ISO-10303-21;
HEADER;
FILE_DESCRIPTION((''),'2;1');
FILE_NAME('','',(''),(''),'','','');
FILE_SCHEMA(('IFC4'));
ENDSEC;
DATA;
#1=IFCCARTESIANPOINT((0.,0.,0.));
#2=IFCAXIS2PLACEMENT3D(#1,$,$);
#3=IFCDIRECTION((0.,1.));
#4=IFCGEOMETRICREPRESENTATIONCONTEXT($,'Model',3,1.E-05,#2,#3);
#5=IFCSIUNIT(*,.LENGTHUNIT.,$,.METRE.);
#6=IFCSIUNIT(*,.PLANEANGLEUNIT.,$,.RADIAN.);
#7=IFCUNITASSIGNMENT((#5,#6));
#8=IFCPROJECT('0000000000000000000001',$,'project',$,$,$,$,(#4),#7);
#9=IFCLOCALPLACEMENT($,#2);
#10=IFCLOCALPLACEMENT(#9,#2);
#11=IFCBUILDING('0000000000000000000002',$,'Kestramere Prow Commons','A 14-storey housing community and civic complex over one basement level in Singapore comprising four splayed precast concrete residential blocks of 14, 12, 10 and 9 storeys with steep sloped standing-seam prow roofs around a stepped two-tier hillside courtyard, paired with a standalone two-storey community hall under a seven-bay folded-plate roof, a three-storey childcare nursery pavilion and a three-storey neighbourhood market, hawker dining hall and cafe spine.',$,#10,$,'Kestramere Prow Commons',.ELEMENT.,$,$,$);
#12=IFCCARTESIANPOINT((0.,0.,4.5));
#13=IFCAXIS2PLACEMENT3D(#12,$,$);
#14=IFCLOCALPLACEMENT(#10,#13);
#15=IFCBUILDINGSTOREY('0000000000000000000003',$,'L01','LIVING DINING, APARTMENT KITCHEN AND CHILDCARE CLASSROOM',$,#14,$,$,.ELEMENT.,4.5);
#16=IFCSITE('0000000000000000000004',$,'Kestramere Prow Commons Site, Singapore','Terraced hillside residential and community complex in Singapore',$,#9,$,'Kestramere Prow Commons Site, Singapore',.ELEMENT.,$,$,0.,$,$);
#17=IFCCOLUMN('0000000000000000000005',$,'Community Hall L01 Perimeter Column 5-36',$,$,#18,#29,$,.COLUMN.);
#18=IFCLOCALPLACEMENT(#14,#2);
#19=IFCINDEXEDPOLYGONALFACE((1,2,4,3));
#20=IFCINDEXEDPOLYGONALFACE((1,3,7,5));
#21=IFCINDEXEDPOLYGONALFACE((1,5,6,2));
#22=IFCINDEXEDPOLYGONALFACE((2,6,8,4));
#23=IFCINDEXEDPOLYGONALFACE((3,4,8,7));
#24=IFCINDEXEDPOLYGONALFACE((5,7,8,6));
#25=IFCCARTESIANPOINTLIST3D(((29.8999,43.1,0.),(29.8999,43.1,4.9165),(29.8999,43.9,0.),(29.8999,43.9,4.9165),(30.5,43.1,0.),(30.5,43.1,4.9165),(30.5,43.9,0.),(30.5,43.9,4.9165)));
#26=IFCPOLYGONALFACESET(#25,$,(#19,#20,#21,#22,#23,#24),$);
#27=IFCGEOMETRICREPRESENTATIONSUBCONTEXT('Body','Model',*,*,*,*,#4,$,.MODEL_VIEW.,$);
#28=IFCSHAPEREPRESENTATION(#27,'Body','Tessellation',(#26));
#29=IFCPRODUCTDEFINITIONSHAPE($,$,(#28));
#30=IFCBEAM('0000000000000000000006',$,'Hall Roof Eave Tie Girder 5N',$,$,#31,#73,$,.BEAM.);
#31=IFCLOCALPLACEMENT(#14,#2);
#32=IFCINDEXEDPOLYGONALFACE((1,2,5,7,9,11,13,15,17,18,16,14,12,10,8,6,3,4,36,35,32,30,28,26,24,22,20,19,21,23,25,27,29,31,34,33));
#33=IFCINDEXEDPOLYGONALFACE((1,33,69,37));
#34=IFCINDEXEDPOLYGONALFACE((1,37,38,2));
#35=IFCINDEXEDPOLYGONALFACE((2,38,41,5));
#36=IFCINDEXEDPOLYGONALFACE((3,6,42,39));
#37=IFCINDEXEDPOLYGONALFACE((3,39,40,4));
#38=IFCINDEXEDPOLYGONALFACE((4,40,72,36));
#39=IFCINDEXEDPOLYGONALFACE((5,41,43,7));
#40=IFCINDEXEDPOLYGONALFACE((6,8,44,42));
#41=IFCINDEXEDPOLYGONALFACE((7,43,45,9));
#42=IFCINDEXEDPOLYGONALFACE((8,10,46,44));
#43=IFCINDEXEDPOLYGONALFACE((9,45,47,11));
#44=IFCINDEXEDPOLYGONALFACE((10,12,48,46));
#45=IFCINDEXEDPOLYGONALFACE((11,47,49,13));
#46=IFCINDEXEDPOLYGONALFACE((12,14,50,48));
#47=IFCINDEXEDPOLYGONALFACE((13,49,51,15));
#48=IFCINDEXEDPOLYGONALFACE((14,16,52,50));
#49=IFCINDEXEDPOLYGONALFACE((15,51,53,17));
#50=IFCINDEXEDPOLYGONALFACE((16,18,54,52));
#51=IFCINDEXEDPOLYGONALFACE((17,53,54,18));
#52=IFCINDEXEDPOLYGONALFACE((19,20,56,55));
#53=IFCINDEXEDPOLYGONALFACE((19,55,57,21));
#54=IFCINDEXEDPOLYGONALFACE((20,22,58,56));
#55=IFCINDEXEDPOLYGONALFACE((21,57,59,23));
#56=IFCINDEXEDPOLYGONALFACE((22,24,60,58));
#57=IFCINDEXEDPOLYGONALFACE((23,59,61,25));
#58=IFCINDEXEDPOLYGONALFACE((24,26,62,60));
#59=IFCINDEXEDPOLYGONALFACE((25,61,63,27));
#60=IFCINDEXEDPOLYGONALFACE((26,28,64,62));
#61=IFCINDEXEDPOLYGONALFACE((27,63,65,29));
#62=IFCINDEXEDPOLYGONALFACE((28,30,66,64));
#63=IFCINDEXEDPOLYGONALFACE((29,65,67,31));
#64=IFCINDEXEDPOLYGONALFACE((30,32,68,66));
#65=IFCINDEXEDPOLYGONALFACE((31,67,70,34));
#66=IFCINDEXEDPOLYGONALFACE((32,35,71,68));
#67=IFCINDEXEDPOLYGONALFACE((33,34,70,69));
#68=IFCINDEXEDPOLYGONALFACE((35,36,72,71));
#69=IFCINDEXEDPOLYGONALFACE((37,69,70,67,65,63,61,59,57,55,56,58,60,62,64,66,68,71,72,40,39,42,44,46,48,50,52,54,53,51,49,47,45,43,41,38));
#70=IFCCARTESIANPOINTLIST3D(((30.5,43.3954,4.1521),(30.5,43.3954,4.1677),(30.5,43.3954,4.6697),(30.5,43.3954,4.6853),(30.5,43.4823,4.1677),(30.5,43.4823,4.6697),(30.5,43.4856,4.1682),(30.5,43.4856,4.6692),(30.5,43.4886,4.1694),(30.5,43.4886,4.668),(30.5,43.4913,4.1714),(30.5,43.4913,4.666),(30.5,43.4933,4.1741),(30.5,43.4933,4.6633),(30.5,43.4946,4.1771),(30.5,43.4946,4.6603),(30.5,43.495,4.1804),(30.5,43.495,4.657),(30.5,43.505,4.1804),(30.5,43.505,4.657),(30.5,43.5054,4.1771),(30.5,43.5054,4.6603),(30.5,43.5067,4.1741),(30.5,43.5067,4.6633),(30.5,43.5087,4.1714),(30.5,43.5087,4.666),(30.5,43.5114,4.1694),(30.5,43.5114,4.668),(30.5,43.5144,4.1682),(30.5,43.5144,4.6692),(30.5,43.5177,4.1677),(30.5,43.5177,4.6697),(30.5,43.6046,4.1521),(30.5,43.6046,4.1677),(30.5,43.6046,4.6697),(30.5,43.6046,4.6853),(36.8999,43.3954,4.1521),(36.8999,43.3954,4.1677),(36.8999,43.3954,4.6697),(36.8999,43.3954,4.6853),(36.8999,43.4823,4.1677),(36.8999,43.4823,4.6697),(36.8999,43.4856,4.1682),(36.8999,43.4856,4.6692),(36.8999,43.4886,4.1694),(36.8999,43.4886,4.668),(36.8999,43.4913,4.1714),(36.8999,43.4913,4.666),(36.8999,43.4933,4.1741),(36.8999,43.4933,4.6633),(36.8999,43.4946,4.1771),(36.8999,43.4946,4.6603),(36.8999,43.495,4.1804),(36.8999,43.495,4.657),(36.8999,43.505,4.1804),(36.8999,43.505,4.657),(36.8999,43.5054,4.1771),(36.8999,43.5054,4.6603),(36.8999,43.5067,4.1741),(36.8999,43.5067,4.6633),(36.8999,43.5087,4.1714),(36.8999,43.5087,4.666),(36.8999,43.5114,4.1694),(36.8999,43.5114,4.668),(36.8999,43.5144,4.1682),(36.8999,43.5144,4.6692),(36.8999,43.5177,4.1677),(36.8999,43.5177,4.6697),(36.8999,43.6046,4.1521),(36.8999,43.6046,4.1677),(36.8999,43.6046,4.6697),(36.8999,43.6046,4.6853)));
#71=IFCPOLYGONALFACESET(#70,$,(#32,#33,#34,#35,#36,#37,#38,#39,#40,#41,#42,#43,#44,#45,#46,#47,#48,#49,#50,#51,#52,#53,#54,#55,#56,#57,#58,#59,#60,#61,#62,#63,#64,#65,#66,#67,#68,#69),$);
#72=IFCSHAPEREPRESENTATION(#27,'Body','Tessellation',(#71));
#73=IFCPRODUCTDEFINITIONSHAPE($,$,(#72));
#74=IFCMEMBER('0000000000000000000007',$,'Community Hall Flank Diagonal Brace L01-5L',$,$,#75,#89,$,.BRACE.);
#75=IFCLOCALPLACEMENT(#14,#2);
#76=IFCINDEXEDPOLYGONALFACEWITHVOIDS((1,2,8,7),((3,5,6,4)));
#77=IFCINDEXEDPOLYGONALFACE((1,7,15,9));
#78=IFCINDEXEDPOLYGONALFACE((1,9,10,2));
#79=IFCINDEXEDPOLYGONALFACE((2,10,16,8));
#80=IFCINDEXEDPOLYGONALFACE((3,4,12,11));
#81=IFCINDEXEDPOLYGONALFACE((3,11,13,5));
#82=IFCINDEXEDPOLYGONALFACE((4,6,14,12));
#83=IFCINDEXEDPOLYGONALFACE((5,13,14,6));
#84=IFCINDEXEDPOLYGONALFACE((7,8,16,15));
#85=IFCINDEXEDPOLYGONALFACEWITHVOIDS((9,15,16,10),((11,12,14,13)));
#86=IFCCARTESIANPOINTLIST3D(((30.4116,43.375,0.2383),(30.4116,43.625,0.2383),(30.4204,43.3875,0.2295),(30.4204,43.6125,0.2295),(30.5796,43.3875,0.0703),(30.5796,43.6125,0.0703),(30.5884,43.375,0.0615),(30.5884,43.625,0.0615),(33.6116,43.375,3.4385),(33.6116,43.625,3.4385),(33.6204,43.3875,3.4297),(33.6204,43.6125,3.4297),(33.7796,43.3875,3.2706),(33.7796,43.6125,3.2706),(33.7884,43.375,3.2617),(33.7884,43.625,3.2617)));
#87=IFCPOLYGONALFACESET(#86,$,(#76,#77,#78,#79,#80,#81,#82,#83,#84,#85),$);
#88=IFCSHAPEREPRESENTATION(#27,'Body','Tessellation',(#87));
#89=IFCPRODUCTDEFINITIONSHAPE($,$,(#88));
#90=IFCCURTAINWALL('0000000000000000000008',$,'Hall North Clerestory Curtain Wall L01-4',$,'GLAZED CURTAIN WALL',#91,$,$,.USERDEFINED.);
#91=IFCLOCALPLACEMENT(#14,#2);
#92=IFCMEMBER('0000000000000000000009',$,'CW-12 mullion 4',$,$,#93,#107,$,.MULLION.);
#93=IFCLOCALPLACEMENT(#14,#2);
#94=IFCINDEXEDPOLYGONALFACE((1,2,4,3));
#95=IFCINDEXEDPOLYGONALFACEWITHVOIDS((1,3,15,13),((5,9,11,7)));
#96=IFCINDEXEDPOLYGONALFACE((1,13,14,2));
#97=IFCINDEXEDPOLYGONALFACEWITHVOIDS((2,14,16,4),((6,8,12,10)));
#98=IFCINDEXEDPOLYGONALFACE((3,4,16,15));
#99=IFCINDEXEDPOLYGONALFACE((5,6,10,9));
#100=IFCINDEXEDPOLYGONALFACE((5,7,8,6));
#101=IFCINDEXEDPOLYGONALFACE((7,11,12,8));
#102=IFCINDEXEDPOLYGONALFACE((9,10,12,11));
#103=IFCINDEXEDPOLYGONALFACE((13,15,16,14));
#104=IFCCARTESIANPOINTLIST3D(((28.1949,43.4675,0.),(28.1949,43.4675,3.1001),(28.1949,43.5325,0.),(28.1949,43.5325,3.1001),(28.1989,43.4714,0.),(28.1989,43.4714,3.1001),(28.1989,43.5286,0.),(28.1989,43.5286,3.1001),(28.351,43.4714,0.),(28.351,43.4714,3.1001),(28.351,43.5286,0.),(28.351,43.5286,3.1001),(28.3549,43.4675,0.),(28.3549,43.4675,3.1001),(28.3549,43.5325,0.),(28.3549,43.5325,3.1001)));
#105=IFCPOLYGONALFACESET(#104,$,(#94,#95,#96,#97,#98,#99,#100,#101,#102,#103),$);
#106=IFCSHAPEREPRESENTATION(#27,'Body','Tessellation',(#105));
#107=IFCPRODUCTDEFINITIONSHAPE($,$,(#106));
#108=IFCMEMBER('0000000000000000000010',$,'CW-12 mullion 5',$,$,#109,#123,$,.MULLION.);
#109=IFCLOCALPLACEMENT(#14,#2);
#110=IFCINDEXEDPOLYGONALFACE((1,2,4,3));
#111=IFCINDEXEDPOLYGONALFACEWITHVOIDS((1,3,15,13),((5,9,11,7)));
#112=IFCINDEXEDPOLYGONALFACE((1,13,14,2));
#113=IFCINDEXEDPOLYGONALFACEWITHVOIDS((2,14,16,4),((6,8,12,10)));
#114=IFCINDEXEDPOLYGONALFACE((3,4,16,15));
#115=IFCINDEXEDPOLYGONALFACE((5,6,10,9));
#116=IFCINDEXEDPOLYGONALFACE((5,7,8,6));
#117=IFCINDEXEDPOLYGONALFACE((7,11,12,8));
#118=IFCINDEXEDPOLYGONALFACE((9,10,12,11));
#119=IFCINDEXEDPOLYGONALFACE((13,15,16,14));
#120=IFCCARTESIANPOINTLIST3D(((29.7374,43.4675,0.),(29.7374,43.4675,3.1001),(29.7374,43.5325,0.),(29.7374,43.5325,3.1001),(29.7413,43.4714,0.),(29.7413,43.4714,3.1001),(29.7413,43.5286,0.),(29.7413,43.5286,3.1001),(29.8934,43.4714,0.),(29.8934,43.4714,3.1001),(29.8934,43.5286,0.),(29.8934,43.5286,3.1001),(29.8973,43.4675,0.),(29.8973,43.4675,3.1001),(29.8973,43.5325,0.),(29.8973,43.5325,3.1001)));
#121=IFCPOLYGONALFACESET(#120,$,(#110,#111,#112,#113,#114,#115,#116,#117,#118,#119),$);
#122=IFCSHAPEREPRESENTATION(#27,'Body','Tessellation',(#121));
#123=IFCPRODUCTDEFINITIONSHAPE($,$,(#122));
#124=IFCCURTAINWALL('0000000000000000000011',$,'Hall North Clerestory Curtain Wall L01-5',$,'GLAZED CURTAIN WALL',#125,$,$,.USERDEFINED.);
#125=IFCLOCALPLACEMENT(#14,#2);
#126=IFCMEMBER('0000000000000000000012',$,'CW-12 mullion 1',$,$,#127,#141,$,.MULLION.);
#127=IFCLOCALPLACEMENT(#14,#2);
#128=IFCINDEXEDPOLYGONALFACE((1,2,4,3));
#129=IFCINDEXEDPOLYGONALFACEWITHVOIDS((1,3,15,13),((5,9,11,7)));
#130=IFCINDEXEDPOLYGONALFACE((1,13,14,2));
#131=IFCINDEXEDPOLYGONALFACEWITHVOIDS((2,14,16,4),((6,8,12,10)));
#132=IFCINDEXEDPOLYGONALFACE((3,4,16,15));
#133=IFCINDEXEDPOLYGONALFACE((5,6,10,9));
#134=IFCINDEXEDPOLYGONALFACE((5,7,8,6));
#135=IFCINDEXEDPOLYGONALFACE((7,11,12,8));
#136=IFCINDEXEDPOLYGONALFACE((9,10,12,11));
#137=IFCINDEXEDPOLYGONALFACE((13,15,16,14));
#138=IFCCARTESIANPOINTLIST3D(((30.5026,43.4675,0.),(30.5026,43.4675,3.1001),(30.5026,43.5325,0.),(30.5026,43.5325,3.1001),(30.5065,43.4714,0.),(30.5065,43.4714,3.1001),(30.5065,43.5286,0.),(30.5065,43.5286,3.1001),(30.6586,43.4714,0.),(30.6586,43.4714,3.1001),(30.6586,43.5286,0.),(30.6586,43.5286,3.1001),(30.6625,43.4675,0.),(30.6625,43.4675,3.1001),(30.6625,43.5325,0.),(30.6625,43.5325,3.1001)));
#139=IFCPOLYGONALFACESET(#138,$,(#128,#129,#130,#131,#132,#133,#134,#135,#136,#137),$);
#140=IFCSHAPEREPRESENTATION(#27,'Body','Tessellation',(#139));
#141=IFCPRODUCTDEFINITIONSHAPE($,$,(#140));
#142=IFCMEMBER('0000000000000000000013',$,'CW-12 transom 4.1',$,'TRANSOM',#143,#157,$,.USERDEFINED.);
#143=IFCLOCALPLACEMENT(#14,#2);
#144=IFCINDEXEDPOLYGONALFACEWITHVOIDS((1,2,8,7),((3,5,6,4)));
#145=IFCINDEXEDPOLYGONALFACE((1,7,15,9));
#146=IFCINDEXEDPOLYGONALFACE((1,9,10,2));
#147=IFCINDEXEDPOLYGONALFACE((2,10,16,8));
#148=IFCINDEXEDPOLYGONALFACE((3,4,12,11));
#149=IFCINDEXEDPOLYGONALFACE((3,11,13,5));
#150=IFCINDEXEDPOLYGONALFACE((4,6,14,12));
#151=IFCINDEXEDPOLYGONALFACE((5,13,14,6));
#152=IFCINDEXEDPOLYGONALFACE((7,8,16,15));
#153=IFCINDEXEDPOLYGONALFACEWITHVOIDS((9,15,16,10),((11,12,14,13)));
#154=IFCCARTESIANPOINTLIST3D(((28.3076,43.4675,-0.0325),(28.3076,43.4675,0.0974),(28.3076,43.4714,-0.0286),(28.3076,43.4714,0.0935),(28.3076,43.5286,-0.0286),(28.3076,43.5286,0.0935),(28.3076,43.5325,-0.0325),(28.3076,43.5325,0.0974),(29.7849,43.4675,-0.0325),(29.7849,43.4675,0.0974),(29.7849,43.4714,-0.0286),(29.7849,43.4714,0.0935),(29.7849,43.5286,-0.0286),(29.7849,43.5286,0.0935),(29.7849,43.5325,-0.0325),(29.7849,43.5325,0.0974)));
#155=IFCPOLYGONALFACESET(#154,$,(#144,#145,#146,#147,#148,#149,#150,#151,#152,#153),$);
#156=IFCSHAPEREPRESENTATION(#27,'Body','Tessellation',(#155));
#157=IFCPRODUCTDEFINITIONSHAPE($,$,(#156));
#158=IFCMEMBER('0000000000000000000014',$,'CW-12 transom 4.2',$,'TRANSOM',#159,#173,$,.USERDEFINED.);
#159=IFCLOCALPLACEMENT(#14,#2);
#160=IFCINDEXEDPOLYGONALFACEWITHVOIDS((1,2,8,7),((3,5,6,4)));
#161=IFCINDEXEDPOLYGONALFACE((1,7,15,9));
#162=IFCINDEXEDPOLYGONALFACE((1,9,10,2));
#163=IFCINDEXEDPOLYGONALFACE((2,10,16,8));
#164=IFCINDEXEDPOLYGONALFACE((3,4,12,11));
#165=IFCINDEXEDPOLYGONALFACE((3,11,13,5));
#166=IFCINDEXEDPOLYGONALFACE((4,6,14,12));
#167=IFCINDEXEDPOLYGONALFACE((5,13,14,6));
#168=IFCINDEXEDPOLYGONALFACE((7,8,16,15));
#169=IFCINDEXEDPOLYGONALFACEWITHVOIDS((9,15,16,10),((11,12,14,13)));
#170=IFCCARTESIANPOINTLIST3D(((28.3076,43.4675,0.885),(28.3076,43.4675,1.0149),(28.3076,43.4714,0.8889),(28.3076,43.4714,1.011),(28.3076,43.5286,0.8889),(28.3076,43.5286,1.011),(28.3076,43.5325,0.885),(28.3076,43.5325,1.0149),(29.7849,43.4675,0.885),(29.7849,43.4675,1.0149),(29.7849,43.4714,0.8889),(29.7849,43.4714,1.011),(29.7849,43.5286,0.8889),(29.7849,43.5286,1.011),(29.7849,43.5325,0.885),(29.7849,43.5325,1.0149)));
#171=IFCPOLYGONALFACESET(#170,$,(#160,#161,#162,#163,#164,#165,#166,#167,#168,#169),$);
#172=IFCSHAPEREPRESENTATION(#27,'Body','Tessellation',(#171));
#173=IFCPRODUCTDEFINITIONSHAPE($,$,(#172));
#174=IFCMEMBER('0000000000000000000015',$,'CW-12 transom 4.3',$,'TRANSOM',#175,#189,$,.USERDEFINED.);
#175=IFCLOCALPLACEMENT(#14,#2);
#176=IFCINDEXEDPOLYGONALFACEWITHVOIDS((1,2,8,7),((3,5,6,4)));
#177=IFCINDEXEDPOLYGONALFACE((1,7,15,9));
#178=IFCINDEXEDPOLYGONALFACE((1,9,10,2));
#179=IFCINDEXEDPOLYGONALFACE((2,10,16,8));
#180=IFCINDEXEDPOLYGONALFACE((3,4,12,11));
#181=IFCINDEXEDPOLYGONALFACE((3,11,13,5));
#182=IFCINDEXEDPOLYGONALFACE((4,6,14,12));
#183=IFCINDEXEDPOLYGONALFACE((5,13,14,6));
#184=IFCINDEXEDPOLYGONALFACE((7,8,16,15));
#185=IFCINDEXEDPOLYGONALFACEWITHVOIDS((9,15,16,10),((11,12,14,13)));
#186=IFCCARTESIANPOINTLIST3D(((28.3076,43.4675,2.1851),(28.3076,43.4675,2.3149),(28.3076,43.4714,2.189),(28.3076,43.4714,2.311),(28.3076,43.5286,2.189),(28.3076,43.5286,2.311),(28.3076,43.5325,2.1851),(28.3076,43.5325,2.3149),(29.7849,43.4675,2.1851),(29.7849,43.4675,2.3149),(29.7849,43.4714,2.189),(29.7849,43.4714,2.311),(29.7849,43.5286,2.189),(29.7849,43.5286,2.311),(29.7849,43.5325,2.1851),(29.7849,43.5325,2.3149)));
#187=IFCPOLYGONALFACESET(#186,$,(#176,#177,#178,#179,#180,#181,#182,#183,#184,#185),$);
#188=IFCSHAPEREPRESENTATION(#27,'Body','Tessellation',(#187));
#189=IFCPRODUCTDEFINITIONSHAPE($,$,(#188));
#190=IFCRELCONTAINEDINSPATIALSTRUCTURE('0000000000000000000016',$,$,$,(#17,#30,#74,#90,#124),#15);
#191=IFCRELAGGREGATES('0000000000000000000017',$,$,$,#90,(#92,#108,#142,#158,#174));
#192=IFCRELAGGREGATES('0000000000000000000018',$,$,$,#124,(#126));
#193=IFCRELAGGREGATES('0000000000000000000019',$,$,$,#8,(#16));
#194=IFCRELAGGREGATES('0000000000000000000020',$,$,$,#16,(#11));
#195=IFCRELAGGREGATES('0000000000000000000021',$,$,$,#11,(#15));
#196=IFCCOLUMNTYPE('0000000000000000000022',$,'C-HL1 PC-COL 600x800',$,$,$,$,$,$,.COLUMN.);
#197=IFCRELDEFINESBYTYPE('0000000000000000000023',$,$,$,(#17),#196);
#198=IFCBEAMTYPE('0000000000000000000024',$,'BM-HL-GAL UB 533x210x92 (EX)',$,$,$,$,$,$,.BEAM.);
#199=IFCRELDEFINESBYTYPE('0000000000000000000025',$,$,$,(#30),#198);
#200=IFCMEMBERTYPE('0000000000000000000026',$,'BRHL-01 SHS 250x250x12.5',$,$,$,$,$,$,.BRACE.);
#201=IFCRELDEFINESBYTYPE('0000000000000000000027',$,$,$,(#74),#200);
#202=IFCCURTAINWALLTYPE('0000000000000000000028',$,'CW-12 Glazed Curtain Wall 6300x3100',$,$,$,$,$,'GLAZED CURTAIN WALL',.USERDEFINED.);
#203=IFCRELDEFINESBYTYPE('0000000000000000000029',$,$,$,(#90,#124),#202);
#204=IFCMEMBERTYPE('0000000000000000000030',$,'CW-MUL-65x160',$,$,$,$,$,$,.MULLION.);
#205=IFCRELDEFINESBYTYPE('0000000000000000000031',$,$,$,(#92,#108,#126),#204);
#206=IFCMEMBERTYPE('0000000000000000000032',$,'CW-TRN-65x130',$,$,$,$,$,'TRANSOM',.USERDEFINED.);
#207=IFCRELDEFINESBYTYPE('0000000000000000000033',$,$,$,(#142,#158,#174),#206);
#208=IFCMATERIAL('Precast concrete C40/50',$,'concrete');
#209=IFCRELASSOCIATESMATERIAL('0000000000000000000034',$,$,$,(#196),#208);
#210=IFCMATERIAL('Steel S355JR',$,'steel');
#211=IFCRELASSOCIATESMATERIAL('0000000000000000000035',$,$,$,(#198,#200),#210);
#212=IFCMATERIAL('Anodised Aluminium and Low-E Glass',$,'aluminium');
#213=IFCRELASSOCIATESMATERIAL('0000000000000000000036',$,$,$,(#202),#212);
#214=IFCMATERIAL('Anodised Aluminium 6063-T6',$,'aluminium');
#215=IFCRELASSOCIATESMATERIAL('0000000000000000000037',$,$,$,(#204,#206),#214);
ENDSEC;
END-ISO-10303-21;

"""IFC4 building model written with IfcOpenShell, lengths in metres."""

from ifc_helpers import new_model, si_unit, direction, frame, origin, origin_2d, place, context, subcontext, project, spatial, rectangle, hollow_rectangle, i_section, extrude, material, material_profile, profile_set, type_object, element, aggregate, save


model = new_model("IFC4")

# Units and contexts
model_context = context("Model", 3, precision=1e-05, world=origin(), true_north=direction((0.0, 1.0)))
body_context = subcontext(model_context, "Body", "Model", "MODEL_VIEW")
ifc_project = project(units=[si_unit("LENGTHUNIT", "METRE"), si_unit("PLANEANGLEUNIT", "RADIAN")], contexts=[model_context])

# Site, building, storey
site_placement = place(None, origin())
site = spatial("IfcSite", under=ifc_project, at=site_placement, Name="Kestramere Prow Commons Site, Singapore", Description="Terraced hillside residential and community complex in Singapore", LongName="Kestramere Prow Commons Site, Singapore", CompositionType="ELEMENT", RefElevation=0.0)
building_placement = place(site_placement, origin())
building = spatial("IfcBuilding", under=site, at=building_placement, Name="Kestramere Prow Commons", Description="A 14-storey housing community and civic complex over one basement level in Singapore comprising four splayed precast concrete residential blocks of 14, 12, 10 and 9 storeys with steep sloped standing-seam prow roofs around a stepped two-tier hillside courtyard, paired with a standalone two-storey community hall under a seven-bay folded-plate roof, a three-storey childcare nursery pavilion and a three-storey neighbourhood market, hawker dining hall and cafe spine.", LongName="Kestramere Prow Commons", CompositionType="ELEMENT")
storey_placement = place(building_placement, frame((0.0, 0.0, 4.5)))
storey = spatial("IfcBuildingStorey", under=building, at=storey_placement, Name="L01", Description="LIVING DINING, APARTMENT KITCHEN AND CHILDCARE CLASSROOM", CompositionType="ELEMENT", Elevation=4.5)

# Column
ifc_material_1 = material(Name="Precast concrete C40/50", Category="concrete")
ifc_material_profile_1 = material_profile(ifc_material_1, rectangle(XDim=0.6001, YDim=0.8, at=origin_2d()), Name="PC-COL 600x800")
ifc_profile_set_1 = profile_set([ifc_material_profile_1], Name="Precast concrete C40/50")
column_type = type_object("IfcColumnType", Name="C-HL1 PC-COL 600x800", PredefinedType="COLUMN", material=ifc_profile_set_1)
column_placement = place(storey_placement, frame((30.2, 43.5, 0.0), z_axis=(0.0, 0.0, 1.0), x_axis=(1.0, 0.0, 0.0)))
element("IfcColumn", 1, at=column_placement, inside=storey, type_object=column_type, Name="Community Hall L01 Perimeter Column 5-36", PredefinedType="COLUMN", context=body_context, shape_type="SweptSolid", body=[
    extrude(rectangle(XDim=0.6001, YDim=0.8, at=origin_2d()), origin(), (0.0, 0.0, 1.0), 4.9165),
])

# Beam
ifc_material_2 = material(Name="Steel S355JR", Category="steel")
ifc_material_profile_2 = material_profile(ifc_material_2, i_section(OverallWidth=0.2092, OverallDepth=0.5332, WebThickness=0.01, FlangeThickness=0.0156, FilletRadius=0.0127, at=origin_2d()), Name="UB 533x210x92")
ifc_profile_set_2 = profile_set([ifc_material_profile_2], Name="Steel S355JR")
beam_type = type_object("IfcBeamType", Name="BM-HL-GAL UB 533x210x92 (EX)", PredefinedType="BEAM", material=ifc_profile_set_2)
beam_placement = place(storey_placement, frame((30.5, 43.5, 4.4187), z_axis=(1.0, 0.0, 0.0), x_axis=(0.0, 1.0, 0.0)))
element("IfcBeam", 2, at=beam_placement, inside=storey, type_object=beam_type, Name="Hall Roof Eave Tie Girder 5N", PredefinedType="BEAM", context=body_context, shape_type="SweptSolid", body=[
    extrude(i_section(OverallWidth=0.2092, OverallDepth=0.5332, WebThickness=0.01, FlangeThickness=0.0156, FilletRadius=0.0127, at=origin_2d()), origin(), (0.0, 0.0, 1.0), 6.3999),
])

# Member
ifc_material_profile_3 = material_profile(ifc_material_2, hollow_rectangle(XDim=0.25, YDim=0.25, WallThickness=0.0125, at=origin_2d()), Name="SHS 250x250x12.5")
ifc_profile_set_3 = profile_set([ifc_material_profile_3], Name="Steel S355JR")
member_type_1 = type_object("IfcMemberType", Name="BRHL-01 SHS 250x250x12.5", PredefinedType="BRACE", material=ifc_profile_set_3)
member_1_placement = place(storey_placement, frame((30.5, 43.5, 0.1499), z_axis=(0.70708, 0.0, 0.707134), x_axis=(0.0, 1.0, 0.0)))
element("IfcMember", 3, at=member_1_placement, inside=storey, type_object=member_type_1, Name="Community Hall Flank Diagonal Brace L01-5L", PredefinedType="BRACE", context=body_context, shape_type="SweptSolid", body=[
    extrude(hollow_rectangle(XDim=0.25, YDim=0.25, WallThickness=0.0125, at=origin_2d()), origin(), (0.0, 0.0, 1.0), 4.5256),
])

# Curtain wall, members
ifc_material_3 = material(Name="Anodised Aluminium and Low-E Glass", Category="aluminium")
curtain_wall_type = type_object("IfcCurtainWallType", Name="CW-12 Glazed Curtain Wall 6300x3100", ElementType="GLAZED CURTAIN WALL", PredefinedType="USERDEFINED", material=ifc_material_3)
curtain_wall_1_placement = place(storey_placement, origin())
curtain_wall_1 = element("IfcCurtainWall", 4, at=curtain_wall_1_placement, inside=storey, type_object=curtain_wall_type, Name="Hall North Clerestory Curtain Wall L01-4", ObjectType="GLAZED CURTAIN WALL", PredefinedType="USERDEFINED")
ifc_material_4 = material(Name="Anodised Aluminium 6063-T6", Category="aluminium")
ifc_material_profile_4 = material_profile(ifc_material_4, hollow_rectangle(XDim=0.0649, YDim=0.1599, WallThickness=0.0039, at=origin_2d()), Name="ALU-MUL 65x160")
ifc_profile_set_4 = profile_set([ifc_material_profile_4], Name="Anodised Aluminium 6063-T6")
member_type_2 = type_object("IfcMemberType", Name="CW-MUL-65x160", PredefinedType="MULLION", material=ifc_profile_set_4)
member_2_placement = place(storey_placement, frame((28.2749, 43.5, 0.0), z_axis=(0.0, 0.0, 1.0), x_axis=(0.0, 1.0, 0.0)))
member_2 = element("IfcMember", 5, at=member_2_placement, type_object=member_type_2, Name="CW-12 mullion 4", PredefinedType="MULLION", context=body_context, shape_type="SweptSolid", body=[
    extrude(hollow_rectangle(XDim=0.0649, YDim=0.1599, WallThickness=0.0039, at=origin_2d()), origin(), (0.0, 0.0, 1.0), 3.1001),
])
member_3_placement = place(storey_placement, frame((29.8174, 43.5, 0.0), z_axis=(0.0, 0.0, 1.0), x_axis=(0.0, 1.0, 0.0)))
member_3 = element("IfcMember", 6, at=member_3_placement, type_object=member_type_2, Name="CW-12 mullion 5", PredefinedType="MULLION", context=body_context, shape_type="SweptSolid", body=[
    extrude(hollow_rectangle(XDim=0.0649, YDim=0.1599, WallThickness=0.0039, at=origin_2d()), origin(), (0.0, 0.0, 1.0), 3.1001),
])

# Curtain wall, member
curtain_wall_2_placement = place(storey_placement, origin())
curtain_wall_2 = element("IfcCurtainWall", 7, at=curtain_wall_2_placement, inside=storey, type_object=curtain_wall_type, Name="Hall North Clerestory Curtain Wall L01-5", ObjectType="GLAZED CURTAIN WALL", PredefinedType="USERDEFINED")
member_4_placement = place(storey_placement, frame((30.5825, 43.5, 0.0), z_axis=(0.0, 0.0, 1.0), x_axis=(0.0, 1.0, 0.0)))
member_4 = element("IfcMember", 8, at=member_4_placement, type_object=member_type_2, Name="CW-12 mullion 1", PredefinedType="MULLION", context=body_context, shape_type="SweptSolid", body=[
    extrude(hollow_rectangle(XDim=0.0649, YDim=0.1599, WallThickness=0.0039, at=origin_2d()), origin(), (0.0, 0.0, 1.0), 3.1001),
])

# Members
ifc_material_profile_5 = material_profile(ifc_material_4, hollow_rectangle(XDim=0.0649, YDim=0.1299, WallThickness=0.0039, at=origin_2d()), Name="ALU-TRN 65x130")
ifc_profile_set_5 = profile_set([ifc_material_profile_5], Name="Anodised Aluminium 6063-T6")
member_type_3 = type_object("IfcMemberType", Name="CW-TRN-65x130", ElementType="TRANSOM", PredefinedType="USERDEFINED", material=ifc_profile_set_5)
member_5_placement = place(storey_placement, frame((28.3076, 43.5, 0.0325), z_axis=(1.0, 0.0, 0.0), x_axis=(0.0, 1.0, 0.0)))
member_5 = element("IfcMember", 9, at=member_5_placement, type_object=member_type_3, Name="CW-12 transom 4.1", ObjectType="TRANSOM", PredefinedType="USERDEFINED", context=body_context, shape_type="SweptSolid", body=[
    extrude(hollow_rectangle(XDim=0.0649, YDim=0.1299, WallThickness=0.0039, at=origin_2d()), origin(), (0.0, 0.0, 1.0), 1.4773),
])
member_6_placement = place(storey_placement, frame((28.3076, 43.5, 0.95), z_axis=(1.0, 0.0, 0.0), x_axis=(0.0, 1.0, 0.0)))
member_6 = element("IfcMember", 10, at=member_6_placement, type_object=member_type_3, Name="CW-12 transom 4.2", ObjectType="TRANSOM", PredefinedType="USERDEFINED", context=body_context, shape_type="SweptSolid", body=[
    extrude(hollow_rectangle(XDim=0.0649, YDim=0.1299, WallThickness=0.0039, at=origin_2d()), origin(), (0.0, 0.0, 1.0), 1.4773),
])
member_7_placement = place(storey_placement, frame((28.3076, 43.5, 2.25), z_axis=(1.0, 0.0, 0.0), x_axis=(0.0, 1.0, 0.0)))
member_7 = element("IfcMember", 11, at=member_7_placement, type_object=member_type_3, Name="CW-12 transom 4.3", ObjectType="TRANSOM", PredefinedType="USERDEFINED", context=body_context, shape_type="SweptSolid", body=[
    extrude(hollow_rectangle(XDim=0.0649, YDim=0.1299, WallThickness=0.0039, at=origin_2d()), origin(), (0.0, 0.0, 1.0), 1.4773),
])

aggregate(curtain_wall_1, [member_2, member_3, member_5, member_6, member_7])
aggregate(curtain_wall_2, [member_4])

save(model, "model.ifc")
